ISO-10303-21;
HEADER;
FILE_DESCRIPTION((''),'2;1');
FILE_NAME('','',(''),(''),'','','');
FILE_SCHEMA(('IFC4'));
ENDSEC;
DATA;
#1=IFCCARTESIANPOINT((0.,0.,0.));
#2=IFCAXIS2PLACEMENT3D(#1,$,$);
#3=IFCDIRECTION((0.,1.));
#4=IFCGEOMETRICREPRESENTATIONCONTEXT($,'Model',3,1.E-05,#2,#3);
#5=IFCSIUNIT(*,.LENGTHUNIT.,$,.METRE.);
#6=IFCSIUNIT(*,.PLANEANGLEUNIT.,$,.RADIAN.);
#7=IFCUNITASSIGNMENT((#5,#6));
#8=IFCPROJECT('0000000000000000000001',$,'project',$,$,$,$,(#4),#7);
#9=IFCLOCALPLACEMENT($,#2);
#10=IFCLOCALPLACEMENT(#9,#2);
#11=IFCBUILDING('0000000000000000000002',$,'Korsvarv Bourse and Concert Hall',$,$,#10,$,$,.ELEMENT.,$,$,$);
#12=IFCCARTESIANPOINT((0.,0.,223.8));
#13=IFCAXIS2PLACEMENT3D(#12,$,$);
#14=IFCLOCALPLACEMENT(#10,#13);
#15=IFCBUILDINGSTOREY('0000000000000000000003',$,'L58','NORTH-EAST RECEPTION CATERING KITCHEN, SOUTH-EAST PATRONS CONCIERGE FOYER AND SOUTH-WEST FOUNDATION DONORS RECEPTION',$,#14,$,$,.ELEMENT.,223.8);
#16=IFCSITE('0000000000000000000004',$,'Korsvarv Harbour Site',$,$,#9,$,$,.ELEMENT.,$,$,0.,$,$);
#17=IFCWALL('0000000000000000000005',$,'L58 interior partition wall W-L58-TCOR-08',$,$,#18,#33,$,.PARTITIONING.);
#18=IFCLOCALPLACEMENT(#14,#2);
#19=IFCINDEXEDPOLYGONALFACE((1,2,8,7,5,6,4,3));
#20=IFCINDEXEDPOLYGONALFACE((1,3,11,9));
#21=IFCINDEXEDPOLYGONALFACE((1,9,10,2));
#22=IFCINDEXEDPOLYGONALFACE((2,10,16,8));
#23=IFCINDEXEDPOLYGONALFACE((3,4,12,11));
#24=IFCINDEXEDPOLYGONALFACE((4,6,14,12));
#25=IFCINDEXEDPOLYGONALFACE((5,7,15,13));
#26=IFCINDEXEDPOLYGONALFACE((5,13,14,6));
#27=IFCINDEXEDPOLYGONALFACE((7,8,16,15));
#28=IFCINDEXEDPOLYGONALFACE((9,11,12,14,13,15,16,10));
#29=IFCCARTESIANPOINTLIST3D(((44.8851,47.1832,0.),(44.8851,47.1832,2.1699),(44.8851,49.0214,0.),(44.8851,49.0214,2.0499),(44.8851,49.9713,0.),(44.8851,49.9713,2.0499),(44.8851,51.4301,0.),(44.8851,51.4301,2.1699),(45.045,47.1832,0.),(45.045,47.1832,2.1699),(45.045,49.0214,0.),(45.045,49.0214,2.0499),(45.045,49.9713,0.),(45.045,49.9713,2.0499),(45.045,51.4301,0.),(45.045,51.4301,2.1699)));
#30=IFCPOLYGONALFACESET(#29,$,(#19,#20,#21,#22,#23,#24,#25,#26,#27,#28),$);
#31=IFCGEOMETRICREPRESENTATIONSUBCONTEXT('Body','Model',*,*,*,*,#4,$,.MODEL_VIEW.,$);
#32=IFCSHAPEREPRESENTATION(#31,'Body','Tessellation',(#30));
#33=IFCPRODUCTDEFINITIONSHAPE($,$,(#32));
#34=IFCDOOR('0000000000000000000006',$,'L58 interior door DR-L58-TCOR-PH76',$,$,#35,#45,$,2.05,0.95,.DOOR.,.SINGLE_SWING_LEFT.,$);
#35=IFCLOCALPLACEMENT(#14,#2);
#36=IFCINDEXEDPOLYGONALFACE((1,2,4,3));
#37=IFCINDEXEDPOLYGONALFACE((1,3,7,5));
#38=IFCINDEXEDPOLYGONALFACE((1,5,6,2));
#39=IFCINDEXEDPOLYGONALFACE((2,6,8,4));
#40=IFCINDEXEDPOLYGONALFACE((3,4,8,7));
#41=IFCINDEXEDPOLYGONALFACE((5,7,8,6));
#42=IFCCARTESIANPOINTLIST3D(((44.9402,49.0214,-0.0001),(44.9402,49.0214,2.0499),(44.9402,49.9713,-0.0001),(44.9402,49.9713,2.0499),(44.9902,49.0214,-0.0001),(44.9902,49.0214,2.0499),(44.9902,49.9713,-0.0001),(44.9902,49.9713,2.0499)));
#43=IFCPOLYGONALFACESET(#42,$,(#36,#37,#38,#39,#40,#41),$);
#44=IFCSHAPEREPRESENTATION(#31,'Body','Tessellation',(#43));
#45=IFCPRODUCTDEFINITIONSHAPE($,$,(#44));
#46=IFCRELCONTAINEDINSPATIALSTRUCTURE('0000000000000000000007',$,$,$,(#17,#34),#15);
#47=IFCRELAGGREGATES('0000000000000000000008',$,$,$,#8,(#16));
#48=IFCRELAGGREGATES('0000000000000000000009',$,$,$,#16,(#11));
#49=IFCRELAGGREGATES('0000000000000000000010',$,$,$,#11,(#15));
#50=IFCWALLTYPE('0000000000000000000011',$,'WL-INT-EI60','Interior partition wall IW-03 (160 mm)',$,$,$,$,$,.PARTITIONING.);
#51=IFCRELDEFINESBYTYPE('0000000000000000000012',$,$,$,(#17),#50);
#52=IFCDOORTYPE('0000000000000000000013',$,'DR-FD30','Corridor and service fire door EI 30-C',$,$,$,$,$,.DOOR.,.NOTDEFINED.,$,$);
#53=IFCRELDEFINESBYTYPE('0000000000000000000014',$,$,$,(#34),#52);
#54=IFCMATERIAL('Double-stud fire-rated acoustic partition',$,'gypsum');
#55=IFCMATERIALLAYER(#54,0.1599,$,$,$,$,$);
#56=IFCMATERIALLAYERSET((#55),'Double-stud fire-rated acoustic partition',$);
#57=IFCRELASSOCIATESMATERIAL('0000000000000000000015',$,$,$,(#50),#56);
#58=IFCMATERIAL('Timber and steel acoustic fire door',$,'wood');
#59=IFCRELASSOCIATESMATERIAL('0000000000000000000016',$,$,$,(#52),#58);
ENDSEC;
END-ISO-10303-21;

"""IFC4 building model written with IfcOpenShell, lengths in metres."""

from ifc_helpers import new_model, si_unit, direction, frame, frame_2d, origin, place, context, subcontext, project, spatial, rectangle, extrude, material, layer, layer_set, type_object, element, fill, save


model = new_model("IFC4")

# Units and contexts
model_context = context("Model", 3, precision=1e-05, world=origin(), true_north=direction((0.0, 1.0)))
body_context = subcontext(model_context, "Body", "Model", "MODEL_VIEW")
ifc_project = project(units=[si_unit("LENGTHUNIT", "METRE"), si_unit("PLANEANGLEUNIT", "RADIAN")], contexts=[model_context])

# Site, building, storey
site_placement = place(None, origin())
site = spatial("IfcSite", under=ifc_project, at=site_placement, Name="Korsvarv Harbour Site", CompositionType="ELEMENT", RefElevation=0.0)
building_placement = place(site_placement, origin())
building = spatial("IfcBuilding", under=site, at=building_placement, Name="Korsvarv Bourse and Concert Hall", CompositionType="ELEMENT")
storey_placement = place(building_placement, frame((0.0, 0.0, 223.8)))
storey = spatial("IfcBuildingStorey", under=building, at=storey_placement, Name="L58", Description="NORTH-EAST RECEPTION CATERING KITCHEN, SOUTH-EAST PATRONS CONCIERGE FOYER AND SOUTH-WEST FOUNDATION DONORS RECEPTION", CompositionType="ELEMENT", Elevation=223.8)

# Wall, opening, door
ifc_material_1 = material(Name="Double-stud fire-rated acoustic partition", Category="gypsum")
ifc_layer_1 = layer(ifc_material_1, 0.1599)
ifc_layer_set_1 = layer_set([ifc_layer_1], Name="Double-stud fire-rated acoustic partition")
wall_type_1 = type_object("IfcWallType", Name="WL-INT-EI60", Description="Interior partition wall IW-03 (160 mm)", PredefinedType="PARTITIONING", material=ifc_layer_set_1)
wall_1_placement = place(storey_placement, frame((44.9651, 47.1831, 0.0), z_axis=(0.0, 0.0, 1.0), x_axis=(0.0, 1.0, 0.0)))
wall_1 = element("IfcWall", 1, at=wall_1_placement, inside=storey, type_object=wall_type_1, Name="L58 interior partition wall W-L58-TCOR-08", PredefinedType="PARTITIONING", context=body_context, shape_type="SweptSolid", body=[
    extrude(rectangle(XDim=4.2468, YDim=0.1599, at=frame_2d((2.1235, 0.0))), origin(), (0.0, 0.0, 1.0), 2.1699),
])
opening_placement = place(wall_1_placement, frame((1.8381, 0.0, 0.0)))
opening = element("IfcOpeningElement", 2, at=opening_placement, cuts=wall_1, PredefinedType="OPENING", context=body_context, shape_type="SweptSolid", body=[
    extrude(rectangle(XDim=0.95, YDim=2.05, at=frame_2d((0.4751, 1.0249))), frame((0.0, 0.0898, 0.0), z_axis=(0.0, -1.0, 0.0), x_axis=(1.0, 0.0, 0.0)), (0.0, 0.0, 1.0), 0.1799),
])
ifc_material_2 = material(Name="Timber and steel acoustic fire door", Category="wood")
door_type = type_object("IfcDoorType", Name="DR-FD30", Description="Corridor and service fire door EI 30-C", OperationType="NOTDEFINED", PredefinedType="DOOR", material=ifc_material_2)
door_placement = place(opening_placement, origin())
door = element("IfcDoor", 3, at=door_placement, inside=storey, type_object=door_type, Name="L58 interior door DR-L58-TCOR-PH76", OperationType="SINGLE_SWING_LEFT", OverallHeight=2.05, OverallWidth=0.95, PredefinedType="DOOR", context=body_context, shape_type="SweptSolid", body=[
    extrude(rectangle(XDim=0.95, YDim=2.05, at=frame_2d((0.4751, 1.0249))), frame((0.0, 0.0249, 0.0), z_axis=(0.0, -1.0, 0.0), x_axis=(1.0, 0.0, 0.0)), (0.0, 0.0, 1.0), 0.05),
])
fill(opening, door)

save(model, "model.ifc")
